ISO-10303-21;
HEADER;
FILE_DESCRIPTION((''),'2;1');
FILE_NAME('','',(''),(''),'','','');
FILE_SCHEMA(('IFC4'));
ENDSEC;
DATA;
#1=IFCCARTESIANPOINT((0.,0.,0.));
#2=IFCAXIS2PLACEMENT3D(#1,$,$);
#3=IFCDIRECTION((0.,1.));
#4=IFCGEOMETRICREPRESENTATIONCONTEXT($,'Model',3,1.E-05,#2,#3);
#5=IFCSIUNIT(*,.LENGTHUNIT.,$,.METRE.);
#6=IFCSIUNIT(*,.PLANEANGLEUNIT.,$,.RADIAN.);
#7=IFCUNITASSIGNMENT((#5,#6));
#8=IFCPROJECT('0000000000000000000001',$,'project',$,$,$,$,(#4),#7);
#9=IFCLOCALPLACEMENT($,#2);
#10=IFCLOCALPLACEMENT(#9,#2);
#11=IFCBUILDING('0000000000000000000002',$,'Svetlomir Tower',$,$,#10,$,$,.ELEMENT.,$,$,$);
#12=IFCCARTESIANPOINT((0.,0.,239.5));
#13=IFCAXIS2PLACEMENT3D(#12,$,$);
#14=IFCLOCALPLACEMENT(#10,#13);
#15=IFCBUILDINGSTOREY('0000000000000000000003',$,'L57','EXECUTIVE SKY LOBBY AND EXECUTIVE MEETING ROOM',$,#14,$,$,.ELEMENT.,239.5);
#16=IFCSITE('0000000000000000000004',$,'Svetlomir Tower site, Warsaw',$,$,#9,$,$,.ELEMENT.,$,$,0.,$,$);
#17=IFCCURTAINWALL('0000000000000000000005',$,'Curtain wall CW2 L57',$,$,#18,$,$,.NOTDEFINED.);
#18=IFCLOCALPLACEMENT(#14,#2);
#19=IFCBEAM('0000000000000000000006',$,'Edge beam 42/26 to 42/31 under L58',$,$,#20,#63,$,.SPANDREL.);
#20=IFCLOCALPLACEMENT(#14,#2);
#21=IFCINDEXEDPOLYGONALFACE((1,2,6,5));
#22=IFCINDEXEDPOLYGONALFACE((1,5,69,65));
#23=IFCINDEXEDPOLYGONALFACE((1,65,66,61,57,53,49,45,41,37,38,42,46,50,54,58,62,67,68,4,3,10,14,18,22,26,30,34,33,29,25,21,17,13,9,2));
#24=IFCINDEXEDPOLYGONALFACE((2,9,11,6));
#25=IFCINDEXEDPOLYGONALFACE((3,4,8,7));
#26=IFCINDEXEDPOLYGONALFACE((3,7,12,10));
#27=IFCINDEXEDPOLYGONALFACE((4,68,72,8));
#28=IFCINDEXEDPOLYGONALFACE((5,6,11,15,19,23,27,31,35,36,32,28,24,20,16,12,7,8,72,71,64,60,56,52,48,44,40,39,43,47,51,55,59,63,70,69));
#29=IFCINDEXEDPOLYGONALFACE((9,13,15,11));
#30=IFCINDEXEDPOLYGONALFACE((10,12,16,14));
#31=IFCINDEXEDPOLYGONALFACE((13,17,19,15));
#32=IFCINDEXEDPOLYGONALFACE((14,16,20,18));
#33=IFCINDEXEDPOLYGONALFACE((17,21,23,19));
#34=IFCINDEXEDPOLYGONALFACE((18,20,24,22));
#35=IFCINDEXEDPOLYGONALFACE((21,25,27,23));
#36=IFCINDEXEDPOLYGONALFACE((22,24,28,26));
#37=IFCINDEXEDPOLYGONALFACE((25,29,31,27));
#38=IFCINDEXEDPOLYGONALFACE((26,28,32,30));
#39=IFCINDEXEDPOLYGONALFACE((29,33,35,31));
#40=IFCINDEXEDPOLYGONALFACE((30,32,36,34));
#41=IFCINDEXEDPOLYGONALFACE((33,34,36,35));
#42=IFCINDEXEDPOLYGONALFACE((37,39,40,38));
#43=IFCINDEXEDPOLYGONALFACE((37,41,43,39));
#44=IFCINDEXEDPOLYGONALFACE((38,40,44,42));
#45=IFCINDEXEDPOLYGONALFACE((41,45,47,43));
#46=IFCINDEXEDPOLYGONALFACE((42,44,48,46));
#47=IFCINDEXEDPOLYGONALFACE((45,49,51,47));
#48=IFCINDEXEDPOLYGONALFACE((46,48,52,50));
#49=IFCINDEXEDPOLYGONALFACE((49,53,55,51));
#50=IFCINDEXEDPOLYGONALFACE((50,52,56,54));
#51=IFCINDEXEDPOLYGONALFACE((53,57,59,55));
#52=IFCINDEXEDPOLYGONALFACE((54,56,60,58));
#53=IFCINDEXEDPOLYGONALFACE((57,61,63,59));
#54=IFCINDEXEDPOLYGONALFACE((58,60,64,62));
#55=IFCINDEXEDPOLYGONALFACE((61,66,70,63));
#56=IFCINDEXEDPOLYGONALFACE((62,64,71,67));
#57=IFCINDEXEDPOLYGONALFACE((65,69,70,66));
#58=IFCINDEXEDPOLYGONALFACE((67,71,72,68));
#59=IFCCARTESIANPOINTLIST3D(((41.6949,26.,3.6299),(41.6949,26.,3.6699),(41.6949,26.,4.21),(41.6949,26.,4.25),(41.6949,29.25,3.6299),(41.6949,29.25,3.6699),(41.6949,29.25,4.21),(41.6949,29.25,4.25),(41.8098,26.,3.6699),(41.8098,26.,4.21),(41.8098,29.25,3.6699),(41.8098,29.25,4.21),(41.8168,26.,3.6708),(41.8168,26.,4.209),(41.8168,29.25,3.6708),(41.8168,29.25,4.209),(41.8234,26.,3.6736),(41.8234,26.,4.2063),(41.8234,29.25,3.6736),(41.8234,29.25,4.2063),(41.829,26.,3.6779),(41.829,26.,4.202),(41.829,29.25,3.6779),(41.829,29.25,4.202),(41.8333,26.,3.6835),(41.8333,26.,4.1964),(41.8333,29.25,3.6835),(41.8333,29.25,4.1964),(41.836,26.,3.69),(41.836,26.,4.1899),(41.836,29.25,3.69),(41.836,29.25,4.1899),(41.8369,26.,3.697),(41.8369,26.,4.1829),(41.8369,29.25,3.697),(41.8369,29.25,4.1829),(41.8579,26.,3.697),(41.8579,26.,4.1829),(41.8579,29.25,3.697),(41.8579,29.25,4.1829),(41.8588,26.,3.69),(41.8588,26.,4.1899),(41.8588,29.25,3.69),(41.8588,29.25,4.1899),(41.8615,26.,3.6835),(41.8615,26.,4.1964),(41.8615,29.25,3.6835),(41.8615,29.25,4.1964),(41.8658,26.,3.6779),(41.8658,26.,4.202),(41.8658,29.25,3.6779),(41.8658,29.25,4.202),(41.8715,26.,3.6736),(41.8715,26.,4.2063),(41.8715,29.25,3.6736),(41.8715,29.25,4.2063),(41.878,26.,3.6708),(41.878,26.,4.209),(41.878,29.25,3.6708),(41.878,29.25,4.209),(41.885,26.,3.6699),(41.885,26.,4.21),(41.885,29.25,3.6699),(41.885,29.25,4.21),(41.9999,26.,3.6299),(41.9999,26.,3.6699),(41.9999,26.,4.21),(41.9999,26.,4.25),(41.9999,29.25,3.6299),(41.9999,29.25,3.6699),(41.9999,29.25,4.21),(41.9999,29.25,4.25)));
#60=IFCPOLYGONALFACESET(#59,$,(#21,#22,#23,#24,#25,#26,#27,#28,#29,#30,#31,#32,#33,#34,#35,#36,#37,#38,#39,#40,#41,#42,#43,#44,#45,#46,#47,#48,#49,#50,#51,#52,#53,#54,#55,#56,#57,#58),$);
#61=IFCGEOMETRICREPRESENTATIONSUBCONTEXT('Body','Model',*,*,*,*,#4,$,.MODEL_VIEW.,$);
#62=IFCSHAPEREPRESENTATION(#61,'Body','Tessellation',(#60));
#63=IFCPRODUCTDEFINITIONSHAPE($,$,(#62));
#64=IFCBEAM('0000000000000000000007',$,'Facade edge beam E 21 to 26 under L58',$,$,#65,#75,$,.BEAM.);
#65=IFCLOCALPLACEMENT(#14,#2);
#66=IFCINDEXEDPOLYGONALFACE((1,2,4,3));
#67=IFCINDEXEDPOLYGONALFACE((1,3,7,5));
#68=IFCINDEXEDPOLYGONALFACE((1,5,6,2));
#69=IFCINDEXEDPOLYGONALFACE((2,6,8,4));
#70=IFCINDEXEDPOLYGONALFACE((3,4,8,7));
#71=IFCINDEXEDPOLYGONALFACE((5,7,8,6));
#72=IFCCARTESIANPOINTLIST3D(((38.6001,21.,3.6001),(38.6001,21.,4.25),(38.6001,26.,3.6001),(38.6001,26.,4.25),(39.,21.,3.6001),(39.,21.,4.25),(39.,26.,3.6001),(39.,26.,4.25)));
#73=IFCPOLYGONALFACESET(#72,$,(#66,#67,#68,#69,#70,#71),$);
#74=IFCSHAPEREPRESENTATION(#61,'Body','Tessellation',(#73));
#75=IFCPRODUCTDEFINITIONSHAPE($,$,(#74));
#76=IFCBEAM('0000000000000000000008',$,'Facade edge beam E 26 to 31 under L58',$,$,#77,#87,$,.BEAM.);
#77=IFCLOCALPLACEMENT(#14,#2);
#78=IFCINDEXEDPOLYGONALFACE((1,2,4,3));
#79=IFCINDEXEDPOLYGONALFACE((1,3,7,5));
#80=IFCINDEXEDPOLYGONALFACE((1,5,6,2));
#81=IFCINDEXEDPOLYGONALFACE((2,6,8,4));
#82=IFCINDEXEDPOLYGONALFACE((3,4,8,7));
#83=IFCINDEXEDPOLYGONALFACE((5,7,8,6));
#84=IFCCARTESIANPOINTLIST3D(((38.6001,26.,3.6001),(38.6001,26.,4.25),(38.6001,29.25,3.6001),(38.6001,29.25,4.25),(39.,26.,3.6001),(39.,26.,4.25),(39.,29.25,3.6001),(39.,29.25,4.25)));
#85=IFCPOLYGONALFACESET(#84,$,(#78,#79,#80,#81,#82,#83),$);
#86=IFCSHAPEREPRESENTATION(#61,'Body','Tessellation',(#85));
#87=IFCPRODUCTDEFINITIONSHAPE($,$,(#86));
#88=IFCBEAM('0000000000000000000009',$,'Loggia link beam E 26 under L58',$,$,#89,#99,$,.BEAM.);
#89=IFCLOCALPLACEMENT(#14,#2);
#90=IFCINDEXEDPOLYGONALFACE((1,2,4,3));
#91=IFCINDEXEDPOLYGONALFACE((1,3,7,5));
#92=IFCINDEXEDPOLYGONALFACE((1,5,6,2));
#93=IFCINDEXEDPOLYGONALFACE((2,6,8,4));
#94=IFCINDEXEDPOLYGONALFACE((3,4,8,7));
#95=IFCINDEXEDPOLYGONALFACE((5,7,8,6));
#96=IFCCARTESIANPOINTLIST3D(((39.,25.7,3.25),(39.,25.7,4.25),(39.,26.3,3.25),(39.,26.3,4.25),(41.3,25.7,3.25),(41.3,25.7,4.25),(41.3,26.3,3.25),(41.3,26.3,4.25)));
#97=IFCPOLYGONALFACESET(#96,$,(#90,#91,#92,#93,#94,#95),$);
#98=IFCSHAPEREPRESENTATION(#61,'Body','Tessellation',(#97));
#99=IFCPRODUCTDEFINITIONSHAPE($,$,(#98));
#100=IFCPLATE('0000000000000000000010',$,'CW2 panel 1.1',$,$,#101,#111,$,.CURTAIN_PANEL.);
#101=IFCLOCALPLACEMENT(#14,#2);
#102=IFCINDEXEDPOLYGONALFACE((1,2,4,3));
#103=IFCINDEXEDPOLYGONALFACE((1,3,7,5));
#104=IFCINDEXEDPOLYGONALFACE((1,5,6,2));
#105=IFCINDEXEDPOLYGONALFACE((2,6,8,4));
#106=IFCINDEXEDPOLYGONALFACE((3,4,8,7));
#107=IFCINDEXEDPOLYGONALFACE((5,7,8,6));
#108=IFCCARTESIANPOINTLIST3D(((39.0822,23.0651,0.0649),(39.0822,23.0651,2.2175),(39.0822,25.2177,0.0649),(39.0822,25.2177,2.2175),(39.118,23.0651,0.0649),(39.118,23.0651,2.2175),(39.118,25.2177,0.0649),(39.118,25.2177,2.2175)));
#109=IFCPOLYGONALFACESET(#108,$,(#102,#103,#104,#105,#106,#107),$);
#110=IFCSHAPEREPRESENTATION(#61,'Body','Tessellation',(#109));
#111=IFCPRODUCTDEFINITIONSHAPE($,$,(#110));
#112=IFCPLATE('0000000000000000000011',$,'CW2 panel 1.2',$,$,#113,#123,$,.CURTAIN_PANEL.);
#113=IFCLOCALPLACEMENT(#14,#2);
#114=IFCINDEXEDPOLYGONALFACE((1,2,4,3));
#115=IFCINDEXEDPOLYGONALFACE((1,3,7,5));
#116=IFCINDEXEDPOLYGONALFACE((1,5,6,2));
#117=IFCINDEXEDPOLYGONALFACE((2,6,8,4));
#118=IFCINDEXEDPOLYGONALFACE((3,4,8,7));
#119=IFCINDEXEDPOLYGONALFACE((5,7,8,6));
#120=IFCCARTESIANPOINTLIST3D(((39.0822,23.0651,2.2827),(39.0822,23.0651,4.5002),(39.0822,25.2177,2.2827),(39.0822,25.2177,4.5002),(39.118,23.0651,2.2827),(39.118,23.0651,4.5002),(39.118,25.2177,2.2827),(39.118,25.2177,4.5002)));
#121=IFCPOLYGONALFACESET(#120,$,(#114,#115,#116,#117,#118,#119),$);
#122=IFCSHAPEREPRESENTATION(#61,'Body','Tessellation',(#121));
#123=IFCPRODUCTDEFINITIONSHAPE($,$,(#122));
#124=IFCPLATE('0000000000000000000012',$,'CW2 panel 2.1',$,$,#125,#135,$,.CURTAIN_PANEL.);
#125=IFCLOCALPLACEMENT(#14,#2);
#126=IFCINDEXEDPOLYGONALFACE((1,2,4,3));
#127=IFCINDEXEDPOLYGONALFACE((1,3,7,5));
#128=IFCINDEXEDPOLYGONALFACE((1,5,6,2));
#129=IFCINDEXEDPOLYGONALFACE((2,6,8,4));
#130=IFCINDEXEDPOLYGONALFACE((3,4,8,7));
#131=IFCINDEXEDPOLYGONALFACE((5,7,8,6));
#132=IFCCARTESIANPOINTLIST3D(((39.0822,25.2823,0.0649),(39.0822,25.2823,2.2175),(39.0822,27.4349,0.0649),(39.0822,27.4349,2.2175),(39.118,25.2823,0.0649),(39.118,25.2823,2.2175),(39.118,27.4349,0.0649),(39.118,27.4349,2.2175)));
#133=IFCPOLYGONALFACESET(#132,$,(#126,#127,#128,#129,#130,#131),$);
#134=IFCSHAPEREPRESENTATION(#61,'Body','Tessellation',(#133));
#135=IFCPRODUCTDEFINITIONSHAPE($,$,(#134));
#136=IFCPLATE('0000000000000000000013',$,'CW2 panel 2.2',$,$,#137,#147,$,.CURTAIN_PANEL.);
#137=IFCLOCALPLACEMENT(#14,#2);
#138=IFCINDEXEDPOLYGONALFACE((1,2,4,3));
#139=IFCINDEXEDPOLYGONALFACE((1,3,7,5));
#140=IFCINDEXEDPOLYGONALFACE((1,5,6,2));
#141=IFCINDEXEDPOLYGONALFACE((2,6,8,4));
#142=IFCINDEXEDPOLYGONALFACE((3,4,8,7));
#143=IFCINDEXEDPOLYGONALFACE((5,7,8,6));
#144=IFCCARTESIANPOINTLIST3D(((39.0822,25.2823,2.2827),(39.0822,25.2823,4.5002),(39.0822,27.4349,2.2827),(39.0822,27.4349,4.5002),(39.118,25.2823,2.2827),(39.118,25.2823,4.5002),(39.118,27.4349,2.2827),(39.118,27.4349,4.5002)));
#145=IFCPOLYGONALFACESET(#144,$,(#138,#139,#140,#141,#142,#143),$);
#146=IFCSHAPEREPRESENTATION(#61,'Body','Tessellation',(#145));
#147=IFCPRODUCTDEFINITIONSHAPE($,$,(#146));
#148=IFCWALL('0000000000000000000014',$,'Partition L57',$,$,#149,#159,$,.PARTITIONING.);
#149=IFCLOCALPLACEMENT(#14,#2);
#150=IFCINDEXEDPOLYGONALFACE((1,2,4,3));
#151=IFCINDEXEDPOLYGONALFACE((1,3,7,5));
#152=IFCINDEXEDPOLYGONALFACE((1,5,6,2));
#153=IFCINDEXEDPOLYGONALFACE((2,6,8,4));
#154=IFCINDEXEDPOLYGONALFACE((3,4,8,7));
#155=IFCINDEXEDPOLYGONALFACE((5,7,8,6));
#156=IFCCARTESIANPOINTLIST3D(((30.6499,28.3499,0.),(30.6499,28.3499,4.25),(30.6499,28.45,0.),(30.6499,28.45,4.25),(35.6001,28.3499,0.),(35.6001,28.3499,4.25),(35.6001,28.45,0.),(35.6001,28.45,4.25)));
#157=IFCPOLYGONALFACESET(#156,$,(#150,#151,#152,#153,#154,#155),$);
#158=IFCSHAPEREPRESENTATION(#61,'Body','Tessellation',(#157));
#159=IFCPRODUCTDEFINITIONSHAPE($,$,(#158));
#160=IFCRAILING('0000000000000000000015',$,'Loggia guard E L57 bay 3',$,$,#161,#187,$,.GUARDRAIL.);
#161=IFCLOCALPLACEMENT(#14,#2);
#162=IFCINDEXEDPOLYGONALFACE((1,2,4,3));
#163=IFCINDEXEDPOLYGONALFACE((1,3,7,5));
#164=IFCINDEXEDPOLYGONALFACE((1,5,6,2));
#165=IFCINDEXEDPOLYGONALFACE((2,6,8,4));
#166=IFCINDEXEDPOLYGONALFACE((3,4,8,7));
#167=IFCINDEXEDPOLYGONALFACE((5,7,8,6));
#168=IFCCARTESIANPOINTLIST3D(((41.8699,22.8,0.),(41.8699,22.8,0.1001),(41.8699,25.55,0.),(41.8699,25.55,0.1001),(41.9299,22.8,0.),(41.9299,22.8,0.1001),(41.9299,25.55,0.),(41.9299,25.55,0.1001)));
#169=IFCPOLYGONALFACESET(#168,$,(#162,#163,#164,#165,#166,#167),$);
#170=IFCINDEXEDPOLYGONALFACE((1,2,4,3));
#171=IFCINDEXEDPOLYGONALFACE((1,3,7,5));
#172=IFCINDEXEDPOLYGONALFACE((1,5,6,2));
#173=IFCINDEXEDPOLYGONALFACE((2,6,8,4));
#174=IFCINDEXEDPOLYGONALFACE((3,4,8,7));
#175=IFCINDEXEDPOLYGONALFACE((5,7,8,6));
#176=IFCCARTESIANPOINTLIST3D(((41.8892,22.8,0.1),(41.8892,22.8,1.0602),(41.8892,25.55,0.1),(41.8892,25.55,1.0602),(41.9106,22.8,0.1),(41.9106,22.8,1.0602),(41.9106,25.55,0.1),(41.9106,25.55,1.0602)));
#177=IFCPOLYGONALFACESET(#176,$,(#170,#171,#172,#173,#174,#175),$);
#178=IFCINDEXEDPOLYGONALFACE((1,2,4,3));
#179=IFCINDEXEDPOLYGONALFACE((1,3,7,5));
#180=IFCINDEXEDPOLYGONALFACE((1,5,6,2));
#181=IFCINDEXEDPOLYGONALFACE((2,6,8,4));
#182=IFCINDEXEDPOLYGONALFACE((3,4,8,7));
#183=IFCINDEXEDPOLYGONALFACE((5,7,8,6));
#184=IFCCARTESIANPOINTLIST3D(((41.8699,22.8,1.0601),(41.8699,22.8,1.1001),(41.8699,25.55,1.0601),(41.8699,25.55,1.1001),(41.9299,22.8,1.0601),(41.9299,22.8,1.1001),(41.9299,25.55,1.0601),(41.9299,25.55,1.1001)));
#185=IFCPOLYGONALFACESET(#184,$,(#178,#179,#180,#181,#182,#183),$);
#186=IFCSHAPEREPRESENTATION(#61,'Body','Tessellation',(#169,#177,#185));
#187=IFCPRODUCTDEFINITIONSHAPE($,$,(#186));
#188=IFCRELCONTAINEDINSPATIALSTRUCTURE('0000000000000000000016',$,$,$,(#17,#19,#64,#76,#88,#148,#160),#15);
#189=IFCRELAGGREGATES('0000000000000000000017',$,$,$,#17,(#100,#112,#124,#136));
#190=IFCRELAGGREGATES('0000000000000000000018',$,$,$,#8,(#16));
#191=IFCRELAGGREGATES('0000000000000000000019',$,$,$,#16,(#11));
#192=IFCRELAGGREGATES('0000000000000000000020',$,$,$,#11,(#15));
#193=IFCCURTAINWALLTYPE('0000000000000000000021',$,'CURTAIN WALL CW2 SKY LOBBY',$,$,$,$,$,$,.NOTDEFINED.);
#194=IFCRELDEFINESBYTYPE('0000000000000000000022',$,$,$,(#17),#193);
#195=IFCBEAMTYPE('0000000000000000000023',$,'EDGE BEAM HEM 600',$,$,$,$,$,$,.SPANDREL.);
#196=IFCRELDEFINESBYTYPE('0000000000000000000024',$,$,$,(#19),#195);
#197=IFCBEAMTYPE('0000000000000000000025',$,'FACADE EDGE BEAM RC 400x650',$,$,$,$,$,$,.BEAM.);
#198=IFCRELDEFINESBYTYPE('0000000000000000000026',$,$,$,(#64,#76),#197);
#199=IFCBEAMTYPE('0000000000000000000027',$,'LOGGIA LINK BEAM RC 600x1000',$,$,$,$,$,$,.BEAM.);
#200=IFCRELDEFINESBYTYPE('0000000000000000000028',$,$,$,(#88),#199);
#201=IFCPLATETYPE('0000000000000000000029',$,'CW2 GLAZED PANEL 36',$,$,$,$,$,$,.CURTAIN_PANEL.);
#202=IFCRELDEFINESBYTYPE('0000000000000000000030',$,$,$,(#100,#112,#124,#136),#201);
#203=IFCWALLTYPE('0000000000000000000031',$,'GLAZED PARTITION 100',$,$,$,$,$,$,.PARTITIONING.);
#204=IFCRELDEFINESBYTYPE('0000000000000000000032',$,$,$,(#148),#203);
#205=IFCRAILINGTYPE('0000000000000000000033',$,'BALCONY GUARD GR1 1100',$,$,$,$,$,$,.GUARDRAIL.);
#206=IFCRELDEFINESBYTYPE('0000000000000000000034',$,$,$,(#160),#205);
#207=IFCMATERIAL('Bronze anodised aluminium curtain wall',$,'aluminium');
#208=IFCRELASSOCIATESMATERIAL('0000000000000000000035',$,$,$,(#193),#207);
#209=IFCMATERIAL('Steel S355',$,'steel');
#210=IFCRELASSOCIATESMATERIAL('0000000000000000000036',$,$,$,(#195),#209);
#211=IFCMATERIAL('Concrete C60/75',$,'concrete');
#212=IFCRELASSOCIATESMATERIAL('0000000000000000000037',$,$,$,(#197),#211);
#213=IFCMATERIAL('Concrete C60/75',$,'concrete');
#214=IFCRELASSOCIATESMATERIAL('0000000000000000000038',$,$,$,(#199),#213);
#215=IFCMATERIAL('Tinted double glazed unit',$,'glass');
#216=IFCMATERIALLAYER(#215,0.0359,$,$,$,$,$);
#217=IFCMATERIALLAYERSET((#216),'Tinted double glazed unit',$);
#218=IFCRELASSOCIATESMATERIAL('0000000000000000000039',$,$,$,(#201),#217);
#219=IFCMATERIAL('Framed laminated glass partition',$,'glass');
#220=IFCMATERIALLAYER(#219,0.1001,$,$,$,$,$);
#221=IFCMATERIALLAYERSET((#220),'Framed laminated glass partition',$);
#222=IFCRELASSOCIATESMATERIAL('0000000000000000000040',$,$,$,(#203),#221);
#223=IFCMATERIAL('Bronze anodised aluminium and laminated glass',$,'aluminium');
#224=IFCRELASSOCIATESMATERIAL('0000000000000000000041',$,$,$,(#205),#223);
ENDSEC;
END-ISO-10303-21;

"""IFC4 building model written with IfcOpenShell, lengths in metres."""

from ifc_helpers import new_model, si_unit, direction, frame, frame_2d, origin, origin_2d, place, context, subcontext, project, spatial, rectangle, i_section, extrude, material, layer, layer_set, material_profile, profile_set, type_object, element, aggregate, save


model = new_model("IFC4")

# Units and contexts
model_context = context("Model", 3, precision=1e-05, world=origin(), true_north=direction((0.0, 1.0)))
body_context = subcontext(model_context, "Body", "Model", "MODEL_VIEW")
ifc_project = project(units=[si_unit("LENGTHUNIT", "METRE"), si_unit("PLANEANGLEUNIT", "RADIAN")], contexts=[model_context])

# Site, building, storey
site_placement = place(None, origin())
site = spatial("IfcSite", under=ifc_project, at=site_placement, Name="Svetlomir Tower site, Warsaw", CompositionType="ELEMENT", RefElevation=0.0)
building_placement = place(site_placement, origin())
building = spatial("IfcBuilding", under=site, at=building_placement, Name="Svetlomir Tower", CompositionType="ELEMENT")
storey_placement = place(building_placement, frame((0.0, 0.0, 239.5)))
storey = spatial("IfcBuildingStorey", under=building, at=storey_placement, Name="L57", Description="EXECUTIVE SKY LOBBY AND EXECUTIVE MEETING ROOM", CompositionType="ELEMENT", Elevation=239.5)

# Curtain wall
ifc_material_1 = material(Name="Bronze anodised aluminium curtain wall", Category="aluminium")
curtain_wall_type = type_object("IfcCurtainWallType", Name="CURTAIN WALL CW2 SKY LOBBY", PredefinedType="NOTDEFINED", material=ifc_material_1)
curtain_wall_placement = place(storey_placement, origin())
curtain_wall = element("IfcCurtainWall", 1, at=curtain_wall_placement, inside=storey, type_object=curtain_wall_type, Name="Curtain wall CW2 L57", PredefinedType="NOTDEFINED")

# Beams
ifc_material_2 = material(Name="Steel S355", Category="steel")
ifc_material_profile_1 = material_profile(ifc_material_2, i_section(OverallWidth=0.3049, OverallDepth=0.6201, WebThickness=0.021, FlangeThickness=0.04, FilletRadius=0.0271, at=origin_2d()), Name="HEM 600")
ifc_profile_set_1 = profile_set([ifc_material_profile_1], Name="Steel S355")
beam_type_1 = type_object("IfcBeamType", Name="EDGE BEAM HEM 600", PredefinedType="SPANDREL", material=ifc_profile_set_1)
beam_1_placement = place(storey_placement, frame((41.8474, 26.0, 3.9399), z_axis=(0.0, 1.0, 0.0), x_axis=(-1.0, 0.0, 0.0)))
element("IfcBeam", 2, at=beam_1_placement, inside=storey, type_object=beam_type_1, Name="Edge beam 42/26 to 42/31 under L58", PredefinedType="SPANDREL", context=body_context, shape_type="SweptSolid", body=[
    extrude(i_section(OverallWidth=0.3049, OverallDepth=0.6201, WebThickness=0.021, FlangeThickness=0.04, FilletRadius=0.0271, at=origin_2d()), origin(), (0.0, 0.0, 1.0), 3.25),
])
ifc_material_3 = material(Name="Concrete C60/75", Category="concrete")
ifc_material_profile_2 = material_profile(ifc_material_3, rectangle(XDim=0.3999, YDim=0.6499, at=origin_2d()), Name="RC 400x650")
ifc_profile_set_2 = profile_set([ifc_material_profile_2], Name="Concrete C60/75")
beam_type_2 = type_object("IfcBeamType", Name="FACADE EDGE BEAM RC 400x650", PredefinedType="BEAM", material=ifc_profile_set_2)
beam_2_placement = place(storey_placement, frame((38.8, 21.0, 3.925), z_axis=(0.0, 1.0, 0.0), x_axis=(-1.0, 0.0, 0.0)))
element("IfcBeam", 3, at=beam_2_placement, inside=storey, type_object=beam_type_2, Name="Facade edge beam E 21 to 26 under L58", PredefinedType="BEAM", context=body_context, shape_type="SweptSolid", body=[
    extrude(rectangle(XDim=0.3999, YDim=0.6499, at=origin_2d()), origin(), (0.0, 0.0, 1.0), 5.0),
])
beam_3_placement = place(storey_placement, frame((38.8, 26.0, 3.925), z_axis=(0.0, 1.0, 0.0), x_axis=(-1.0, 0.0, 0.0)))
element("IfcBeam", 4, at=beam_3_placement, inside=storey, type_object=beam_type_2, Name="Facade edge beam E 26 to 31 under L58", PredefinedType="BEAM", context=body_context, shape_type="SweptSolid", body=[
    extrude(rectangle(XDim=0.3999, YDim=0.6499, at=origin_2d()), origin(), (0.0, 0.0, 1.0), 3.25),
])
ifc_material_4 = material(Name="Concrete C60/75", Category="concrete")
ifc_material_profile_3 = material_profile(ifc_material_4, rectangle(XDim=0.6001, YDim=1.0, at=origin_2d()), Name="RC 600x1000")
ifc_profile_set_3 = profile_set([ifc_material_profile_3], Name="Concrete C60/75")
beam_type_3 = type_object("IfcBeamType", Name="LOGGIA LINK BEAM RC 600x1000", PredefinedType="BEAM", material=ifc_profile_set_3)
beam_4_placement = place(storey_placement, frame((41.3, 26.0, 3.75), z_axis=(-1.0, 0.0, 0.0), x_axis=(0.0, -1.0, 0.0)))
element("IfcBeam", 5, at=beam_4_placement, inside=storey, type_object=beam_type_3, Name="Loggia link beam E 26 under L58", PredefinedType="BEAM", context=body_context, shape_type="SweptSolid", body=[
    extrude(rectangle(XDim=0.6001, YDim=1.0, at=origin_2d()), origin(), (0.0, 0.0, 1.0), 2.3),
])

# Plates
ifc_material_5 = material(Name="Tinted double glazed unit", Category="glass")
ifc_layer_1 = layer(ifc_material_5, 0.0359)
ifc_layer_set_1 = layer_set([ifc_layer_1], Name="Tinted double glazed unit")
plate_type = type_object("IfcPlateType", Name="CW2 GLAZED PANEL 36", PredefinedType="CURTAIN_PANEL", material=ifc_layer_set_1)
plate_1_placement = place(storey_placement, frame((39.1001, 24.1414, 0.0649), z_axis=(0.0, 0.0, 1.0), x_axis=(0.0, 1.0, 0.0)))
plate_1 = element("IfcPlate", 6, at=plate_1_placement, type_object=plate_type, Name="CW2 panel 1.1", PredefinedType="CURTAIN_PANEL", context=body_context, shape_type="SweptSolid", body=[
    extrude(rectangle(XDim=2.1526, YDim=0.0359, at=origin_2d()), origin(), (0.0, 0.0, 1.0), 2.1526),
])
plate_2_placement = place(storey_placement, frame((39.1001, 24.1414, 2.2827), z_axis=(0.0, 0.0, 1.0), x_axis=(0.0, 1.0, 0.0)))
plate_2 = element("IfcPlate", 7, at=plate_2_placement, type_object=plate_type, Name="CW2 panel 1.2", PredefinedType="CURTAIN_PANEL", context=body_context, shape_type="SweptSolid", body=[
    extrude(rectangle(XDim=2.1526, YDim=0.0359, at=origin_2d()), origin(), (0.0, 0.0, 1.0), 2.2175),
])
plate_3_placement = place(storey_placement, frame((39.1001, 26.3586, 0.0649), z_axis=(0.0, 0.0, 1.0), x_axis=(0.0, 1.0, 0.0)))
plate_3 = element("IfcPlate", 8, at=plate_3_placement, type_object=plate_type, Name="CW2 panel 2.1", PredefinedType="CURTAIN_PANEL", context=body_context, shape_type="SweptSolid", body=[
    extrude(rectangle(XDim=2.1526, YDim=0.0359, at=origin_2d()), origin(), (0.0, 0.0, 1.0), 2.1526),
])
plate_4_placement = place(storey_placement, frame((39.1001, 26.3586, 2.2827), z_axis=(0.0, 0.0, 1.0), x_axis=(0.0, 1.0, 0.0)))
plate_4 = element("IfcPlate", 9, at=plate_4_placement, type_object=plate_type, Name="CW2 panel 2.2", PredefinedType="CURTAIN_PANEL", context=body_context, shape_type="SweptSolid", body=[
    extrude(rectangle(XDim=2.1526, YDim=0.0359, at=origin_2d()), origin(), (0.0, 0.0, 1.0), 2.2175),
])
aggregate(curtain_wall, [plate_1, plate_2, plate_3, plate_4])

# Wall
ifc_material_6 = material(Name="Framed laminated glass partition", Category="glass")
ifc_layer_2 = layer(ifc_material_6, 0.1001)
ifc_layer_set_2 = layer_set([ifc_layer_2], Name="Framed laminated glass partition")
wall_type = type_object("IfcWallType", Name="GLAZED PARTITION 100", PredefinedType="PARTITIONING", material=ifc_layer_set_2)
wall_1_placement = place(storey_placement, frame((30.6499, 28.3999, 0.0), z_axis=(0.0, 0.0, 1.0), x_axis=(1.0, 0.0, 0.0)))
element("IfcWall", 10, at=wall_1_placement, inside=storey, type_object=wall_type, Name="Partition L57", PredefinedType="PARTITIONING", context=body_context, shape_type="SweptSolid", body=[
    extrude(rectangle(XDim=4.9502, YDim=0.1001, at=frame_2d((2.4751, 0.0))), origin(), (0.0, 0.0, 1.0), 4.25),
])

# Railing
ifc_material_7 = material(Name="Bronze anodised aluminium and laminated glass", Category="aluminium")
railing_type = type_object("IfcRailingType", Name="BALCONY GUARD GR1 1100", PredefinedType="GUARDRAIL", material=ifc_material_7)
for number, where, name in (
    (11, (41.8999, 22.8, 0.0), "Loggia guard E L57 bay 3"),
):
    element("IfcRailing", number, at=place(storey_placement, frame(where)), inside=storey, type_object=railing_type, Name=name, PredefinedType="GUARDRAIL", context=body_context, shape_type="SweptSolid", body=[
        extrude(rectangle(XDim=0.0601, YDim=0.1001, at=origin_2d()), frame((0.0, 0.0, 0.05), z_axis=(0.0, 1.0, 0.0), x_axis=(-1.0, 0.0, 0.0)), (0.0, 0.0, 1.0), 2.75),
        extrude(rectangle(XDim=0.0215, YDim=0.9602, at=origin_2d()), frame((0.0, 0.0, 0.5801), z_axis=(0.0, 1.0, 0.0), x_axis=(-1.0, 0.0, 0.0)), (0.0, 0.0, 1.0), 2.75),
        extrude(rectangle(XDim=0.0601, YDim=0.04, at=origin_2d()), frame((0.0, 0.0, 1.0801), z_axis=(0.0, 1.0, 0.0), x_axis=(-1.0, 0.0, 0.0)), (0.0, 0.0, 1.0), 2.75),
    ])

save(model, "model.ifc")
